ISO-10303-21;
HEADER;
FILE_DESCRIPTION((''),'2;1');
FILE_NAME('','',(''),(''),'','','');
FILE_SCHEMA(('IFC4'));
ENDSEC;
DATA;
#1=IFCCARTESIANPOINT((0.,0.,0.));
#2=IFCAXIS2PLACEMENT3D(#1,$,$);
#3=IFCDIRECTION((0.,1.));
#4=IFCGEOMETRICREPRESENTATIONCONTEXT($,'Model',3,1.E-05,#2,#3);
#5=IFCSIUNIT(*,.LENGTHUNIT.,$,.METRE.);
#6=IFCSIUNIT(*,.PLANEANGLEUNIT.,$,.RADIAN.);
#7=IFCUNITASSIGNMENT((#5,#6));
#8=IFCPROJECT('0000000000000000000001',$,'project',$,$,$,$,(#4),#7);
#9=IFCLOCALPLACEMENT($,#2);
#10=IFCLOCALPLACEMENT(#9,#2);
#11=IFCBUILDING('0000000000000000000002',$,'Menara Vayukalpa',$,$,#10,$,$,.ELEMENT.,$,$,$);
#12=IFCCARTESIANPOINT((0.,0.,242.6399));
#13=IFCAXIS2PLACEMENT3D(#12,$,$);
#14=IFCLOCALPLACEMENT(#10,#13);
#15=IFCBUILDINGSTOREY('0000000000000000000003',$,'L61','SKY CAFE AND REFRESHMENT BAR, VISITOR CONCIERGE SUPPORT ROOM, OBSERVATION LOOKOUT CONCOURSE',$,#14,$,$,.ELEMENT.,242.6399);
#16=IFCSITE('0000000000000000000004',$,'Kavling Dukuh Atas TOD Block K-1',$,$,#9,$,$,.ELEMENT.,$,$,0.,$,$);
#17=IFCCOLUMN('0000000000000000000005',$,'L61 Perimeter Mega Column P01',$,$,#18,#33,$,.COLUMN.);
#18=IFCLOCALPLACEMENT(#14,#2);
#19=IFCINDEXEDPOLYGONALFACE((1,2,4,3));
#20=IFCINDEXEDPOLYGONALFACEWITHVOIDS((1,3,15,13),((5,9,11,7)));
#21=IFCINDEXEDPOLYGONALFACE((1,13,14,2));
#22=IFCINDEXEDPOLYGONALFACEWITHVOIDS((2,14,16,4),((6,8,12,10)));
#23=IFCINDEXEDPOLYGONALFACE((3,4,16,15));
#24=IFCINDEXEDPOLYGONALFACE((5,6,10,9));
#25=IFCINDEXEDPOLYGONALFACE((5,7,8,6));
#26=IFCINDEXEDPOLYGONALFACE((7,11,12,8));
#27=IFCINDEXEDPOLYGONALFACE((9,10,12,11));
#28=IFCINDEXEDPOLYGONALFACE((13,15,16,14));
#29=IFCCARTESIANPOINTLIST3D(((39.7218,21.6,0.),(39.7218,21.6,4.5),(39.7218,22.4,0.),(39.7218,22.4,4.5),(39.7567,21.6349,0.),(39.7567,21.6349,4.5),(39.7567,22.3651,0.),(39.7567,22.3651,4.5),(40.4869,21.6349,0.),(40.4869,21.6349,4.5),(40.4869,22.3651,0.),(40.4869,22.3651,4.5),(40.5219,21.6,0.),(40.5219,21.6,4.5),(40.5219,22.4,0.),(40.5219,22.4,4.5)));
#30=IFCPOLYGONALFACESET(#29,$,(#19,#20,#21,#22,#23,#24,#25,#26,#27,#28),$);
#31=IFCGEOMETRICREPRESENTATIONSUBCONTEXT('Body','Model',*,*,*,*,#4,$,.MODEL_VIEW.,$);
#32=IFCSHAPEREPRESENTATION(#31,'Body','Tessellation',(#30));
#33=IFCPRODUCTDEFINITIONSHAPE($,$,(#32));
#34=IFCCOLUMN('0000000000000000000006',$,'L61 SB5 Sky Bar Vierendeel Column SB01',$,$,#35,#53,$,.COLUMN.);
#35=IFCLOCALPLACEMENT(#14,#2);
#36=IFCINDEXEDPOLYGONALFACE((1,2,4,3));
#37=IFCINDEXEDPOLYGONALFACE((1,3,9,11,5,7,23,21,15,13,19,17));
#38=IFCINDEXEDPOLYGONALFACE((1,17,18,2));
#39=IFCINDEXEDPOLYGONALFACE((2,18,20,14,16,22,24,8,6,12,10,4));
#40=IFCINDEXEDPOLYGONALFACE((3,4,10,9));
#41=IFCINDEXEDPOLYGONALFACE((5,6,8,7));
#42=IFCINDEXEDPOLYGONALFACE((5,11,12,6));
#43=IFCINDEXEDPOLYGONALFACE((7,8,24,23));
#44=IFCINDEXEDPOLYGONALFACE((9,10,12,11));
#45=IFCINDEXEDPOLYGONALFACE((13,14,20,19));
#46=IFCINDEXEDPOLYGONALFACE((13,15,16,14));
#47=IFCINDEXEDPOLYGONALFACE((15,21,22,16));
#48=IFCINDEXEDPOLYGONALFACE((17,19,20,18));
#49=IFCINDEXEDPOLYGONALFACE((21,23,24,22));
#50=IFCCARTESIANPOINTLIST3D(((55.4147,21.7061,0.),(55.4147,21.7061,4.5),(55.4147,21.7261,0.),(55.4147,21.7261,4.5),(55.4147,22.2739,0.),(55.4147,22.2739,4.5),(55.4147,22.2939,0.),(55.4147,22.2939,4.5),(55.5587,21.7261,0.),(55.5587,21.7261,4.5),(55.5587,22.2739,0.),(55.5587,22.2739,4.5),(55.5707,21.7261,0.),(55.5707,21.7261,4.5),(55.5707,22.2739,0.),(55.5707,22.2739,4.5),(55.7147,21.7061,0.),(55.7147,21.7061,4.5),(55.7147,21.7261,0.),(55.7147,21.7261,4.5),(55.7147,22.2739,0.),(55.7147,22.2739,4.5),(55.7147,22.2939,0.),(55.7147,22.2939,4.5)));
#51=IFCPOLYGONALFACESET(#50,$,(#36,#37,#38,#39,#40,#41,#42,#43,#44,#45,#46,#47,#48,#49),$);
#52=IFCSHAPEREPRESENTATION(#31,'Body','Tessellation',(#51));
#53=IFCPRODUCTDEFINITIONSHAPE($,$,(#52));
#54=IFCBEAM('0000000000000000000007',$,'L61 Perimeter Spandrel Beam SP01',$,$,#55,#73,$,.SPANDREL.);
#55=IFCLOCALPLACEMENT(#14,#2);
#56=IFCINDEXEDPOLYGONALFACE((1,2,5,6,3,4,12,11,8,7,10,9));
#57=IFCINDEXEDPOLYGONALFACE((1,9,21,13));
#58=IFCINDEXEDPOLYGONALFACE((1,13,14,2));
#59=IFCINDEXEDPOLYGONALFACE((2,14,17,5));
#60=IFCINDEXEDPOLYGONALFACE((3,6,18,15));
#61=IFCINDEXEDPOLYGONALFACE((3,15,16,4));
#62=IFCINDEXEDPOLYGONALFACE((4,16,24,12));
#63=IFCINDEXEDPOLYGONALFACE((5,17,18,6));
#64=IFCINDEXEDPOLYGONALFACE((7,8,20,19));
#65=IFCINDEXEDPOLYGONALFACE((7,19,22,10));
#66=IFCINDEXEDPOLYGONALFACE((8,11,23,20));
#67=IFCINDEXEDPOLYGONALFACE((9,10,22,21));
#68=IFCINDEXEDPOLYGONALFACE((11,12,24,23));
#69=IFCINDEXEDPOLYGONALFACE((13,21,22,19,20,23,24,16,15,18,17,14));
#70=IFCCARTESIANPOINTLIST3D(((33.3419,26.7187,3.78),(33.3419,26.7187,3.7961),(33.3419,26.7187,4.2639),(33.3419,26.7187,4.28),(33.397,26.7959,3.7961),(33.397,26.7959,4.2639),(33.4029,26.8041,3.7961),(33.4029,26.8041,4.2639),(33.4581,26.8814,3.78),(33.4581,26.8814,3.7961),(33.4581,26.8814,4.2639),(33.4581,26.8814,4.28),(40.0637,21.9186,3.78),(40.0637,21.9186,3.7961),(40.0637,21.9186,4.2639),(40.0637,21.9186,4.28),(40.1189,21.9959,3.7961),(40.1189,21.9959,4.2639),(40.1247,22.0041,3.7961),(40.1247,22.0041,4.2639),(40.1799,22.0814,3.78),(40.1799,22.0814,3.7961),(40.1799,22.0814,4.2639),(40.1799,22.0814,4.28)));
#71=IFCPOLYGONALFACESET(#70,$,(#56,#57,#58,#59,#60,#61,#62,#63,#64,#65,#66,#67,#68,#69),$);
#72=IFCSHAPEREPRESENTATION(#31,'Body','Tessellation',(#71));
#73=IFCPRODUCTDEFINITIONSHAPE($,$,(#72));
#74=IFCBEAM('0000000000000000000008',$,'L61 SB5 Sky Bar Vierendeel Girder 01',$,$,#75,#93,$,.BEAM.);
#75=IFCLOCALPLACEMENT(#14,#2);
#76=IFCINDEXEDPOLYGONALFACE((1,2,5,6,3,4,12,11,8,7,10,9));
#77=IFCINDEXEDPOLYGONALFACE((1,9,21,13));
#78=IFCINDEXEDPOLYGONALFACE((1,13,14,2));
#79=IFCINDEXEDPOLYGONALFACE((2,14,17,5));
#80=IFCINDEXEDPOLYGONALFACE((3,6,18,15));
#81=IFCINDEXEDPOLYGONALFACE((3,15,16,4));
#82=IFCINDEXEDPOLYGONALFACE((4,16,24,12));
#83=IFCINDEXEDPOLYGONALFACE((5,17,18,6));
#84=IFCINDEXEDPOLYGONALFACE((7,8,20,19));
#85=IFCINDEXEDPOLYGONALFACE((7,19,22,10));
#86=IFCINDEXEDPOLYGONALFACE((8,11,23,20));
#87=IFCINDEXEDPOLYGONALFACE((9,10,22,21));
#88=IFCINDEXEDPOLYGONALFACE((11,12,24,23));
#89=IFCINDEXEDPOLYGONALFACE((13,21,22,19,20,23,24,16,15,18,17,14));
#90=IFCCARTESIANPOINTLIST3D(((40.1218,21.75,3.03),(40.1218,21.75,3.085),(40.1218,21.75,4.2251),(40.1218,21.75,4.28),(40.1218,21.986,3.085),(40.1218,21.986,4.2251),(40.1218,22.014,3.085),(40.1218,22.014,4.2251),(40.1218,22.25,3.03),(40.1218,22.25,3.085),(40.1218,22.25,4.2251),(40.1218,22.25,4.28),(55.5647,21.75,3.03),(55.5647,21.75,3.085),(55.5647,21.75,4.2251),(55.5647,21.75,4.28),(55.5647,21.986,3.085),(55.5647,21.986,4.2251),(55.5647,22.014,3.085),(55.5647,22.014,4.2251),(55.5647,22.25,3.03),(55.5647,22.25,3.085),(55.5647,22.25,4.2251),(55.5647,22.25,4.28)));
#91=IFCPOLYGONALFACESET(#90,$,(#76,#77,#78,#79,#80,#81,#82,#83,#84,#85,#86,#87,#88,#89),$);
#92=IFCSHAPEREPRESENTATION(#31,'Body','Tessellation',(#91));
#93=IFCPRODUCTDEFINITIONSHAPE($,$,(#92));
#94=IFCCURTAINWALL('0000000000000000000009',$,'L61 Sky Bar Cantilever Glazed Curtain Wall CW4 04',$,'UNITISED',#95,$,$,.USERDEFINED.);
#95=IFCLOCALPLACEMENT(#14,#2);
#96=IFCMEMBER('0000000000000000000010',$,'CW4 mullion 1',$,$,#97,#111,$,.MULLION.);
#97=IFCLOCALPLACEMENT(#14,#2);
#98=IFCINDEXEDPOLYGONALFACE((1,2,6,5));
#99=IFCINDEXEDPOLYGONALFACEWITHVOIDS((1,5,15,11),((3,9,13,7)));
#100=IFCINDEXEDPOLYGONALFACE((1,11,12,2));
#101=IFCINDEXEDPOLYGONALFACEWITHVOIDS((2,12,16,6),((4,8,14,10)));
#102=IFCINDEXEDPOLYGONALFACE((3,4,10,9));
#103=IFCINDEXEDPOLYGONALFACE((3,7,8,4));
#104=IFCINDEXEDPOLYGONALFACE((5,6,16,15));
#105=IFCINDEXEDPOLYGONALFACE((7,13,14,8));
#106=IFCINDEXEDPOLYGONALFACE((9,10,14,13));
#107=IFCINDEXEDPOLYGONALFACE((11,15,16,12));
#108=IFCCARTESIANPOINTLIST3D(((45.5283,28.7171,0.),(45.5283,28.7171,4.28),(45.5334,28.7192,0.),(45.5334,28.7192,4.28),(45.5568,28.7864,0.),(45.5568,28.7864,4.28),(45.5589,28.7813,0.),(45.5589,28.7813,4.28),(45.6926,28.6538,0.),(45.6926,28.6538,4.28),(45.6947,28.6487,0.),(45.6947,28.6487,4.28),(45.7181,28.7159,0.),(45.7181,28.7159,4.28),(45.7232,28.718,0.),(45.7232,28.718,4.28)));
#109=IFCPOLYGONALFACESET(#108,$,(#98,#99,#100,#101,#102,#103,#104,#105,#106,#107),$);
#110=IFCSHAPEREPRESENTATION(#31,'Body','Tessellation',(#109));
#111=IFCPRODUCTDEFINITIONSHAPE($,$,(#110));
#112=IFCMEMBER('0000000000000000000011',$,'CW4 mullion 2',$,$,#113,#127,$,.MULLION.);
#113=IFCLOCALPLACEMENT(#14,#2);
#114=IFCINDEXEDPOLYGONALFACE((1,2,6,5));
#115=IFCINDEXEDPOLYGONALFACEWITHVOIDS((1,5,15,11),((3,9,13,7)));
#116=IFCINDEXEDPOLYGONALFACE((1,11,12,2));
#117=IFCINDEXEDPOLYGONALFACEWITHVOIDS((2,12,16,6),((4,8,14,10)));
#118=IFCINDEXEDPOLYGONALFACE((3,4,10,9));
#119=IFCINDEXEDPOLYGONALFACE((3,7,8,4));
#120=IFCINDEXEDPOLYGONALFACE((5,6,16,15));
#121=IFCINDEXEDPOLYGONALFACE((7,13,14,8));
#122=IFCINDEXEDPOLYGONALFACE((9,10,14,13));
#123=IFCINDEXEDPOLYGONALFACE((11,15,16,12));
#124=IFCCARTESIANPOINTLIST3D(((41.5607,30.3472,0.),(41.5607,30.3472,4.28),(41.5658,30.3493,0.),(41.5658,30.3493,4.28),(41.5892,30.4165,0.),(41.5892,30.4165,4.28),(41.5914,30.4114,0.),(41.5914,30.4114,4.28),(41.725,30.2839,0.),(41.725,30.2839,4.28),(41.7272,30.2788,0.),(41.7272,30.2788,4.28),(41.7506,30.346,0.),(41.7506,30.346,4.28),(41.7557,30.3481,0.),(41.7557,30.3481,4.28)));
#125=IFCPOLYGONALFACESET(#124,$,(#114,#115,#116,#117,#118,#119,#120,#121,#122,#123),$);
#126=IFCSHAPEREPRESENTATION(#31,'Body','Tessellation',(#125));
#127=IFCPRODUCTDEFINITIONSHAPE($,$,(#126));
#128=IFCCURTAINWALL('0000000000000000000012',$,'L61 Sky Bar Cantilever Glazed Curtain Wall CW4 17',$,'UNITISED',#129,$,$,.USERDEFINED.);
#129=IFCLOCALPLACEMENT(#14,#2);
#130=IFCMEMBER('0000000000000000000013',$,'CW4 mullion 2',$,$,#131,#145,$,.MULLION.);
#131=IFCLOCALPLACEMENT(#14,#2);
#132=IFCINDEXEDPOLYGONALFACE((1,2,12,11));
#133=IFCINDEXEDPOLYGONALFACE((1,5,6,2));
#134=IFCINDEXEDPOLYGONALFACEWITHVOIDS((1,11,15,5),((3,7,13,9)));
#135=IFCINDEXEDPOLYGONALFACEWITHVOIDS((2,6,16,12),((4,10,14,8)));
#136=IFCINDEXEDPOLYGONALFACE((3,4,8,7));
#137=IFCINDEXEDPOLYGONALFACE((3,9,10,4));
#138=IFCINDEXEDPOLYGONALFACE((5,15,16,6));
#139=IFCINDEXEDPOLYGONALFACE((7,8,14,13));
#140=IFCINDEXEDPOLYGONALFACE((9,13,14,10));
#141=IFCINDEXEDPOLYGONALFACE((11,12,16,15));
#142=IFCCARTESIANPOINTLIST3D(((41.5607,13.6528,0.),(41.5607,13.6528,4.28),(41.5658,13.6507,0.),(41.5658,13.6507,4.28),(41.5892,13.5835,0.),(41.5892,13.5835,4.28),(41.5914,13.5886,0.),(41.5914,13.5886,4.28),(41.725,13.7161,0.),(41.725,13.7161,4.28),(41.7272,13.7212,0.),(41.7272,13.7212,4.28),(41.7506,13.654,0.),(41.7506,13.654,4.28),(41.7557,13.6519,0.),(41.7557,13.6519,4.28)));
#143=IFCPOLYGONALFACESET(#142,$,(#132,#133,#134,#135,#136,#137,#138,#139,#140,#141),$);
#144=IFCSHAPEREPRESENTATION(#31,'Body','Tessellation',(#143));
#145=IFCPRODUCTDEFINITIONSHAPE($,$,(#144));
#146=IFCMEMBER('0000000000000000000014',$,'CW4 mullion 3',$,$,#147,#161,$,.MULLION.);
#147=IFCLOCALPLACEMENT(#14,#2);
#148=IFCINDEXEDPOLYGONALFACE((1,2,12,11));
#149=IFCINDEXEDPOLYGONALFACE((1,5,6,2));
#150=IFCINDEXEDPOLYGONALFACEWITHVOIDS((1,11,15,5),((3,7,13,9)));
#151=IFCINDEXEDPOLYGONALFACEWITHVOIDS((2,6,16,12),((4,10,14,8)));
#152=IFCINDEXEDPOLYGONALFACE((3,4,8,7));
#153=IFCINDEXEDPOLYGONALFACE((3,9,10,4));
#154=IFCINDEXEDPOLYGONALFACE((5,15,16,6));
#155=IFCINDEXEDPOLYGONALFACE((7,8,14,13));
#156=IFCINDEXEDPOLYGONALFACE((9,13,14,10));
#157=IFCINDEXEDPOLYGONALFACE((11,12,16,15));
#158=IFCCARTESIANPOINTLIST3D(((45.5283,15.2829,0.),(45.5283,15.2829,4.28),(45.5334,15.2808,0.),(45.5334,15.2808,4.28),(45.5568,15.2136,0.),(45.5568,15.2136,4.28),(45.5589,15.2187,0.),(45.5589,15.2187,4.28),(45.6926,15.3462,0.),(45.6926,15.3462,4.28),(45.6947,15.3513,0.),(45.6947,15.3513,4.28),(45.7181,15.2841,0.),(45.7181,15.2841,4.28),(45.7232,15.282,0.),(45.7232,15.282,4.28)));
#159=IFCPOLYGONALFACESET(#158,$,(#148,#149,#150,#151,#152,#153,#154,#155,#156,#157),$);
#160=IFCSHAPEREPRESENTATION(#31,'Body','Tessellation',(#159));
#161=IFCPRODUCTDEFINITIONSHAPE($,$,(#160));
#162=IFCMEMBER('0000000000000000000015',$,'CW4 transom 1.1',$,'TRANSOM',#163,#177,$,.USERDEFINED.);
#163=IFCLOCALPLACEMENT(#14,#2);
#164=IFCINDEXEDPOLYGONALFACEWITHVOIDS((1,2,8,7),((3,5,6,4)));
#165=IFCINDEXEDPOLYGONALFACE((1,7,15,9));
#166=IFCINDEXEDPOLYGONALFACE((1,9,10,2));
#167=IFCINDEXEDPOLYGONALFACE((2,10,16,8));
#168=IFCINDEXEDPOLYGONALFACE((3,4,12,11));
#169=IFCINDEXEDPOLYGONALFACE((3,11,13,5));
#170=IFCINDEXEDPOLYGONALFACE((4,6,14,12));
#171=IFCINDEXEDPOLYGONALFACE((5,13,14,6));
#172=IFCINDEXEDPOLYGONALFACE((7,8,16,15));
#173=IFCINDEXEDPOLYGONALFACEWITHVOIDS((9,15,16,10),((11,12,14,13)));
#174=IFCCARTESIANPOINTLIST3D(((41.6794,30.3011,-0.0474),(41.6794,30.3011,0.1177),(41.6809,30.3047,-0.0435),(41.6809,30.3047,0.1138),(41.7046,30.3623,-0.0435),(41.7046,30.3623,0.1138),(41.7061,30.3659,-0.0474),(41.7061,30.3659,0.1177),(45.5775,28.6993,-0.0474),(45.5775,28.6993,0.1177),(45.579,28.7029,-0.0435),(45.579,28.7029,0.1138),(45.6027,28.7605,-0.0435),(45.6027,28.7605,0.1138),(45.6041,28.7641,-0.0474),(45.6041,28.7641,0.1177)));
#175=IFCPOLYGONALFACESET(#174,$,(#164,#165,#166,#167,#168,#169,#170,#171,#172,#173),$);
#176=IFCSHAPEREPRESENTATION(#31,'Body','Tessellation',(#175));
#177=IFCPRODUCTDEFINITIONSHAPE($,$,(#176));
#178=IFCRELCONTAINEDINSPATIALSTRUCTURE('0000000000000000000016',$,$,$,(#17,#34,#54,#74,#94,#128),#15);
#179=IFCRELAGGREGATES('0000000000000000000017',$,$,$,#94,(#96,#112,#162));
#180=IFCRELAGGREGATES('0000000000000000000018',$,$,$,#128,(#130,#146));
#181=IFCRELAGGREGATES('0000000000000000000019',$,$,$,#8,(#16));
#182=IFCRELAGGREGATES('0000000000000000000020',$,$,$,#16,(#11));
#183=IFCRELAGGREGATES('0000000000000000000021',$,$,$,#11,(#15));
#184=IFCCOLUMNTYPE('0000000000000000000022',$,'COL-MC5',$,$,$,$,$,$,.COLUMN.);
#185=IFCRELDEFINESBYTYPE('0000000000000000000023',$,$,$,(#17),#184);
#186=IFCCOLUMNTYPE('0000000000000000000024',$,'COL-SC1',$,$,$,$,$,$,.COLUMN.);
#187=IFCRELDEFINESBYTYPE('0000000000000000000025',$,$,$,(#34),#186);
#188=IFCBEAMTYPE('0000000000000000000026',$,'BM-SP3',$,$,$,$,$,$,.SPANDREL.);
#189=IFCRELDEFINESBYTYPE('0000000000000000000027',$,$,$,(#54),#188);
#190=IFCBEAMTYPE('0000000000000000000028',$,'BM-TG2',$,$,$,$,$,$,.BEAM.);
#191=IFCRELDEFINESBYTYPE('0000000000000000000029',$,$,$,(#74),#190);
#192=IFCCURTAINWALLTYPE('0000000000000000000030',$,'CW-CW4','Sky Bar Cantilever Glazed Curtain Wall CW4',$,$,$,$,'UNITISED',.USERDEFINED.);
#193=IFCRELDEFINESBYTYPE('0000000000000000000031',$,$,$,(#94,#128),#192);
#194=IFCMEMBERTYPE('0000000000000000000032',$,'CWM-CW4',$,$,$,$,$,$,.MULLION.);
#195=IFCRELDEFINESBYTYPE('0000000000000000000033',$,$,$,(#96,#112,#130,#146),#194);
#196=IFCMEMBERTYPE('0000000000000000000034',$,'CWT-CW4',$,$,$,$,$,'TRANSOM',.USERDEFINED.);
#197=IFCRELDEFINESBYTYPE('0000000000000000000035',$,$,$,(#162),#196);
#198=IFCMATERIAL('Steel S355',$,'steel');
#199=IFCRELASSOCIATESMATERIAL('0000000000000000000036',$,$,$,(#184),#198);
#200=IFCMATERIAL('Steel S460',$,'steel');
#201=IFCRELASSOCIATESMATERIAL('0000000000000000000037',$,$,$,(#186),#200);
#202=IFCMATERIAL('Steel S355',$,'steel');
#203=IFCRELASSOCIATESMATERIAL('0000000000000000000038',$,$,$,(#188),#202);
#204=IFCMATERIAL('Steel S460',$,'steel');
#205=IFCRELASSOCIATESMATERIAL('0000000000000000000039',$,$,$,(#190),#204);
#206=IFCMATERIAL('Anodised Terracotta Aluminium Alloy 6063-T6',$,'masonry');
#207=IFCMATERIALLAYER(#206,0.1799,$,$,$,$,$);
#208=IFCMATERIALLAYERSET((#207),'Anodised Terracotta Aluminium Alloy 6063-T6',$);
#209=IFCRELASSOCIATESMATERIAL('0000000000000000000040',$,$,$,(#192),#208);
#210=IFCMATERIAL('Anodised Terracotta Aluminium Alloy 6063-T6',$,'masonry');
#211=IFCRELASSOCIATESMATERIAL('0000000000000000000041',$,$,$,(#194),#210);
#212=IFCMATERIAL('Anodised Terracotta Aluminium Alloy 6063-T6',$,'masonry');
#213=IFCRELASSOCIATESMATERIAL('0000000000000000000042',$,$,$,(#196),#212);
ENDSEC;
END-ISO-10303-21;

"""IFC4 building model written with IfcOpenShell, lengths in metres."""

from ifc_helpers import new_model, si_unit, direction, frame, origin, origin_2d, place, context, subcontext, project, spatial, hollow_rectangle, i_section, extrude, material, layer, layer_set, material_profile, profile_set, type_object, element, aggregate, save


model = new_model("IFC4")

# Units and contexts
model_context = context("Model", 3, precision=1e-05, world=origin(), true_north=direction((0.0, 1.0)))
body_context = subcontext(model_context, "Body", "Model", "MODEL_VIEW")
ifc_project = project(units=[si_unit("LENGTHUNIT", "METRE"), si_unit("PLANEANGLEUNIT", "RADIAN")], contexts=[model_context])

# Site, building, storey
site_placement = place(None, origin())
site = spatial("IfcSite", under=ifc_project, at=site_placement, Name="Kavling Dukuh Atas TOD Block K-1", CompositionType="ELEMENT", RefElevation=0.0)
building_placement = place(site_placement, origin())
building = spatial("IfcBuilding", under=site, at=building_placement, Name="Menara Vayukalpa", CompositionType="ELEMENT")
storey_placement = place(building_placement, frame((0.0, 0.0, 242.6399)))
storey = spatial("IfcBuildingStorey", under=building, at=storey_placement, Name="L61", Description="SKY CAFE AND REFRESHMENT BAR, VISITOR CONCIERGE SUPPORT ROOM, OBSERVATION LOOKOUT CONCOURSE", CompositionType="ELEMENT", Elevation=242.6399)

# Columns
ifc_material_1 = material(Name="Steel S355", Category="steel")
ifc_material_profile_1 = material_profile(ifc_material_1, hollow_rectangle(XDim=0.8, YDim=0.8, WallThickness=0.0349, at=origin_2d()), Name="BOX 800x800x35")
ifc_profile_set_1 = profile_set([ifc_material_profile_1], Name="Steel S355")
column_type_1 = type_object("IfcColumnType", Name="COL-MC5", PredefinedType="COLUMN", material=ifc_profile_set_1)
column_1_placement = place(storey_placement, frame((40.1218, 22.0, 0.0), z_axis=(0.0, 0.0, 1.0), x_axis=(1.0, 0.0, 0.0)))
element("IfcColumn", 1, at=column_1_placement, inside=storey, type_object=column_type_1, Name="L61 Perimeter Mega Column P01", PredefinedType="COLUMN", context=body_context, shape_type="SweptSolid", body=[
    extrude(hollow_rectangle(XDim=0.8, YDim=0.8, WallThickness=0.0349, at=origin_2d()), origin(), (0.0, 0.0, 1.0), 4.5),
])
ifc_material_2 = material(Name="Steel S460", Category="steel")
ifc_material_profile_2 = material_profile(ifc_material_2, i_section(OverallWidth=0.3, OverallDepth=0.5879, WebThickness=0.012, FlangeThickness=0.02, at=origin_2d()), Name="H 588x300x12x20")
ifc_profile_set_2 = profile_set([ifc_material_profile_2], Name="Steel S460")
column_type_2 = type_object("IfcColumnType", Name="COL-SC1", PredefinedType="COLUMN", material=ifc_profile_set_2)
column_2_placement = place(storey_placement, frame((55.5647, 22.0, 0.0), z_axis=(0.0, 0.0, 1.0), x_axis=(1.0, 0.0, 0.0)))
element("IfcColumn", 2, at=column_2_placement, inside=storey, type_object=column_type_2, Name="L61 SB5 Sky Bar Vierendeel Column SB01", PredefinedType="COLUMN", context=body_context, shape_type="SweptSolid", body=[
    extrude(i_section(OverallWidth=0.3, OverallDepth=0.5879, WebThickness=0.012, FlangeThickness=0.02, at=origin_2d()), origin(), (0.0, 0.0, 1.0), 4.5),
])

# Beams
ifc_material_3 = material(Name="Steel S355", Category="steel")
ifc_material_profile_3 = material_profile(ifc_material_3, i_section(OverallWidth=0.2, OverallDepth=0.5, WebThickness=0.01, FlangeThickness=0.0161, at=origin_2d()), Name="WF 500x200x10x16")
ifc_profile_set_3 = profile_set([ifc_material_profile_3], Name="Steel S355")
beam_type_1 = type_object("IfcBeamType", Name="BM-SP3", PredefinedType="SPANDREL", material=ifc_profile_set_3)
beam_1_placement = place(storey_placement, frame((40.1218, 22.0, 4.03), z_axis=(-0.813809, 0.581132, 0.0), x_axis=(-0.581132, -0.813809, 0.0)))
element("IfcBeam", 3, at=beam_1_placement, inside=storey, type_object=beam_type_1, Name="L61 Perimeter Spandrel Beam SP01", PredefinedType="SPANDREL", context=body_context, shape_type="SweptSolid", body=[
    extrude(i_section(OverallWidth=0.2, OverallDepth=0.5, WebThickness=0.01, FlangeThickness=0.0161, at=origin_2d()), origin(), (0.0, 0.0, 1.0), 8.2598),
])
ifc_material_4 = material(Name="Steel S460", Category="steel")
ifc_material_profile_4 = material_profile(ifc_material_4, i_section(OverallWidth=0.5, OverallDepth=1.25, WebThickness=0.0281, FlangeThickness=0.0549, at=origin_2d()), Name="WG 1250x500x28x55")
ifc_profile_set_4 = profile_set([ifc_material_profile_4], Name="Steel S460")
beam_type_2 = type_object("IfcBeamType", Name="BM-TG2", PredefinedType="BEAM", material=ifc_profile_set_4)
beam_2_placement = place(storey_placement, frame((40.1218, 22.0, 3.655), z_axis=(1.0, 0.0, 0.0), x_axis=(0.0, 1.0, 0.0)))
element("IfcBeam", 4, at=beam_2_placement, inside=storey, type_object=beam_type_2, Name="L61 SB5 Sky Bar Vierendeel Girder 01", PredefinedType="BEAM", context=body_context, shape_type="SweptSolid", body=[
    extrude(i_section(OverallWidth=0.5, OverallDepth=1.25, WebThickness=0.0281, FlangeThickness=0.0549, at=origin_2d()), origin(), (0.0, 0.0, 1.0), 15.4429),
])

# Curtain walls, members
ifc_material_5 = material(Name="Anodised Terracotta Aluminium Alloy 6063-T6", Category="masonry")
ifc_layer_1 = layer(ifc_material_5, 0.1799)
ifc_layer_set_1 = layer_set([ifc_layer_1], Name="Anodised Terracotta Aluminium Alloy 6063-T6")
curtain_wall_type = type_object("IfcCurtainWallType", Name="CW-CW4", Description="Sky Bar Cantilever Glazed Curtain Wall CW4", ElementType="UNITISED", PredefinedType="USERDEFINED", material=ifc_layer_set_1)
curtain_wall_1_placement = place(storey_placement, origin())
curtain_wall_1 = element("IfcCurtainWall", 5, at=curtain_wall_1_placement, inside=storey, type_object=curtain_wall_type, Name="L61 Sky Bar Cantilever Glazed Curtain Wall CW4 04", ObjectType="UNITISED", PredefinedType="USERDEFINED")
ifc_material_6 = material(Name="Anodised Terracotta Aluminium Alloy 6063-T6", Category="masonry")
ifc_material_profile_5 = material_profile(ifc_material_6, hollow_rectangle(XDim=0.075, YDim=0.1799, WallThickness=0.0039, at=origin_2d()), Name="ALU 75x180x4")
ifc_profile_set_5 = profile_set([ifc_material_profile_5], Name="Anodised Terracotta Aluminium Alloy 6063-T6")
member_type_1 = type_object("IfcMemberType", Name="CWM-CW4", PredefinedType="MULLION", material=ifc_profile_set_5)
member_1_placement = place(storey_placement, frame((45.6257, 28.7175, 0.0), z_axis=(0.0, 0.0, 1.0), x_axis=(-0.380039, -0.92497, 0.0)))
member_1 = element("IfcMember", 6, at=member_1_placement, type_object=member_type_1, Name="CW4 mullion 1", PredefinedType="MULLION", context=body_context, shape_type="SweptSolid", body=[
    extrude(hollow_rectangle(XDim=0.075, YDim=0.1799, WallThickness=0.0039, at=origin_2d()), origin(), (0.0, 0.0, 1.0), 4.28),
])
member_2_placement = place(storey_placement, frame((41.6582, 30.3477, 0.0), z_axis=(0.0, 0.0, 1.0), x_axis=(-0.380039, -0.92497, 0.0)))
member_2 = element("IfcMember", 7, at=member_2_placement, type_object=member_type_1, Name="CW4 mullion 2", PredefinedType="MULLION", context=body_context, shape_type="SweptSolid", body=[
    extrude(hollow_rectangle(XDim=0.075, YDim=0.1799, WallThickness=0.0039, at=origin_2d()), origin(), (0.0, 0.0, 1.0), 4.28),
])
curtain_wall_2_placement = place(storey_placement, origin())
curtain_wall_2 = element("IfcCurtainWall", 8, at=curtain_wall_2_placement, inside=storey, type_object=curtain_wall_type, Name="L61 Sky Bar Cantilever Glazed Curtain Wall CW4 17", ObjectType="UNITISED", PredefinedType="USERDEFINED")
member_3_placement = place(storey_placement, frame((41.6582, 13.6523, 0.0), z_axis=(0.0, 0.0, 1.0), x_axis=(-0.380039, 0.92497, 0.0)))
member_3 = element("IfcMember", 9, at=member_3_placement, type_object=member_type_1, Name="CW4 mullion 2", PredefinedType="MULLION", context=body_context, shape_type="SweptSolid", body=[
    extrude(hollow_rectangle(XDim=0.075, YDim=0.1799, WallThickness=0.0039, at=origin_2d()), origin(), (0.0, 0.0, 1.0), 4.28),
])
member_4_placement = place(storey_placement, frame((45.6257, 15.2825, 0.0), z_axis=(0.0, 0.0, 1.0), x_axis=(-0.380039, 0.92497, 0.0)))
member_4 = element("IfcMember", 10, at=member_4_placement, type_object=member_type_1, Name="CW4 mullion 3", PredefinedType="MULLION", context=body_context, shape_type="SweptSolid", body=[
    extrude(hollow_rectangle(XDim=0.075, YDim=0.1799, WallThickness=0.0039, at=origin_2d()), origin(), (0.0, 0.0, 1.0), 4.28),
])

# Member
ifc_material_7 = material(Name="Anodised Terracotta Aluminium Alloy 6063-T6", Category="masonry")
ifc_material_profile_6 = material_profile(ifc_material_7, hollow_rectangle(XDim=0.0701, YDim=0.165, WallThickness=0.0039, at=origin_2d()), Name="ALU 70x165x4")
ifc_profile_set_6 = profile_set([ifc_material_profile_6], Name="Anodised Terracotta Aluminium Alloy 6063-T6")
member_type_2 = type_object("IfcMemberType", Name="CWT-CW4", ElementType="TRANSOM", PredefinedType="USERDEFINED", material=ifc_profile_set_6)
member_5_placement = place(storey_placement, frame((45.5908, 28.7317, 0.0352), z_axis=(-0.924948, 0.380094, 0.0), x_axis=(-0.380094, -0.924948, 0.0)))
member_5 = element("IfcMember", 11, at=member_5_placement, type_object=member_type_2, Name="CW4 transom 1.1", ObjectType="TRANSOM", PredefinedType="USERDEFINED", context=body_context, shape_type="SweptSolid", body=[
    extrude(hollow_rectangle(XDim=0.0701, YDim=0.165, WallThickness=0.0039, at=origin_2d()), origin(), (0.0, 0.0, 1.0), 4.2144),
])

aggregate(curtain_wall_1, [member_1, member_2, member_5])
aggregate(curtain_wall_2, [member_3, member_4])

save(model, "model.ifc")
